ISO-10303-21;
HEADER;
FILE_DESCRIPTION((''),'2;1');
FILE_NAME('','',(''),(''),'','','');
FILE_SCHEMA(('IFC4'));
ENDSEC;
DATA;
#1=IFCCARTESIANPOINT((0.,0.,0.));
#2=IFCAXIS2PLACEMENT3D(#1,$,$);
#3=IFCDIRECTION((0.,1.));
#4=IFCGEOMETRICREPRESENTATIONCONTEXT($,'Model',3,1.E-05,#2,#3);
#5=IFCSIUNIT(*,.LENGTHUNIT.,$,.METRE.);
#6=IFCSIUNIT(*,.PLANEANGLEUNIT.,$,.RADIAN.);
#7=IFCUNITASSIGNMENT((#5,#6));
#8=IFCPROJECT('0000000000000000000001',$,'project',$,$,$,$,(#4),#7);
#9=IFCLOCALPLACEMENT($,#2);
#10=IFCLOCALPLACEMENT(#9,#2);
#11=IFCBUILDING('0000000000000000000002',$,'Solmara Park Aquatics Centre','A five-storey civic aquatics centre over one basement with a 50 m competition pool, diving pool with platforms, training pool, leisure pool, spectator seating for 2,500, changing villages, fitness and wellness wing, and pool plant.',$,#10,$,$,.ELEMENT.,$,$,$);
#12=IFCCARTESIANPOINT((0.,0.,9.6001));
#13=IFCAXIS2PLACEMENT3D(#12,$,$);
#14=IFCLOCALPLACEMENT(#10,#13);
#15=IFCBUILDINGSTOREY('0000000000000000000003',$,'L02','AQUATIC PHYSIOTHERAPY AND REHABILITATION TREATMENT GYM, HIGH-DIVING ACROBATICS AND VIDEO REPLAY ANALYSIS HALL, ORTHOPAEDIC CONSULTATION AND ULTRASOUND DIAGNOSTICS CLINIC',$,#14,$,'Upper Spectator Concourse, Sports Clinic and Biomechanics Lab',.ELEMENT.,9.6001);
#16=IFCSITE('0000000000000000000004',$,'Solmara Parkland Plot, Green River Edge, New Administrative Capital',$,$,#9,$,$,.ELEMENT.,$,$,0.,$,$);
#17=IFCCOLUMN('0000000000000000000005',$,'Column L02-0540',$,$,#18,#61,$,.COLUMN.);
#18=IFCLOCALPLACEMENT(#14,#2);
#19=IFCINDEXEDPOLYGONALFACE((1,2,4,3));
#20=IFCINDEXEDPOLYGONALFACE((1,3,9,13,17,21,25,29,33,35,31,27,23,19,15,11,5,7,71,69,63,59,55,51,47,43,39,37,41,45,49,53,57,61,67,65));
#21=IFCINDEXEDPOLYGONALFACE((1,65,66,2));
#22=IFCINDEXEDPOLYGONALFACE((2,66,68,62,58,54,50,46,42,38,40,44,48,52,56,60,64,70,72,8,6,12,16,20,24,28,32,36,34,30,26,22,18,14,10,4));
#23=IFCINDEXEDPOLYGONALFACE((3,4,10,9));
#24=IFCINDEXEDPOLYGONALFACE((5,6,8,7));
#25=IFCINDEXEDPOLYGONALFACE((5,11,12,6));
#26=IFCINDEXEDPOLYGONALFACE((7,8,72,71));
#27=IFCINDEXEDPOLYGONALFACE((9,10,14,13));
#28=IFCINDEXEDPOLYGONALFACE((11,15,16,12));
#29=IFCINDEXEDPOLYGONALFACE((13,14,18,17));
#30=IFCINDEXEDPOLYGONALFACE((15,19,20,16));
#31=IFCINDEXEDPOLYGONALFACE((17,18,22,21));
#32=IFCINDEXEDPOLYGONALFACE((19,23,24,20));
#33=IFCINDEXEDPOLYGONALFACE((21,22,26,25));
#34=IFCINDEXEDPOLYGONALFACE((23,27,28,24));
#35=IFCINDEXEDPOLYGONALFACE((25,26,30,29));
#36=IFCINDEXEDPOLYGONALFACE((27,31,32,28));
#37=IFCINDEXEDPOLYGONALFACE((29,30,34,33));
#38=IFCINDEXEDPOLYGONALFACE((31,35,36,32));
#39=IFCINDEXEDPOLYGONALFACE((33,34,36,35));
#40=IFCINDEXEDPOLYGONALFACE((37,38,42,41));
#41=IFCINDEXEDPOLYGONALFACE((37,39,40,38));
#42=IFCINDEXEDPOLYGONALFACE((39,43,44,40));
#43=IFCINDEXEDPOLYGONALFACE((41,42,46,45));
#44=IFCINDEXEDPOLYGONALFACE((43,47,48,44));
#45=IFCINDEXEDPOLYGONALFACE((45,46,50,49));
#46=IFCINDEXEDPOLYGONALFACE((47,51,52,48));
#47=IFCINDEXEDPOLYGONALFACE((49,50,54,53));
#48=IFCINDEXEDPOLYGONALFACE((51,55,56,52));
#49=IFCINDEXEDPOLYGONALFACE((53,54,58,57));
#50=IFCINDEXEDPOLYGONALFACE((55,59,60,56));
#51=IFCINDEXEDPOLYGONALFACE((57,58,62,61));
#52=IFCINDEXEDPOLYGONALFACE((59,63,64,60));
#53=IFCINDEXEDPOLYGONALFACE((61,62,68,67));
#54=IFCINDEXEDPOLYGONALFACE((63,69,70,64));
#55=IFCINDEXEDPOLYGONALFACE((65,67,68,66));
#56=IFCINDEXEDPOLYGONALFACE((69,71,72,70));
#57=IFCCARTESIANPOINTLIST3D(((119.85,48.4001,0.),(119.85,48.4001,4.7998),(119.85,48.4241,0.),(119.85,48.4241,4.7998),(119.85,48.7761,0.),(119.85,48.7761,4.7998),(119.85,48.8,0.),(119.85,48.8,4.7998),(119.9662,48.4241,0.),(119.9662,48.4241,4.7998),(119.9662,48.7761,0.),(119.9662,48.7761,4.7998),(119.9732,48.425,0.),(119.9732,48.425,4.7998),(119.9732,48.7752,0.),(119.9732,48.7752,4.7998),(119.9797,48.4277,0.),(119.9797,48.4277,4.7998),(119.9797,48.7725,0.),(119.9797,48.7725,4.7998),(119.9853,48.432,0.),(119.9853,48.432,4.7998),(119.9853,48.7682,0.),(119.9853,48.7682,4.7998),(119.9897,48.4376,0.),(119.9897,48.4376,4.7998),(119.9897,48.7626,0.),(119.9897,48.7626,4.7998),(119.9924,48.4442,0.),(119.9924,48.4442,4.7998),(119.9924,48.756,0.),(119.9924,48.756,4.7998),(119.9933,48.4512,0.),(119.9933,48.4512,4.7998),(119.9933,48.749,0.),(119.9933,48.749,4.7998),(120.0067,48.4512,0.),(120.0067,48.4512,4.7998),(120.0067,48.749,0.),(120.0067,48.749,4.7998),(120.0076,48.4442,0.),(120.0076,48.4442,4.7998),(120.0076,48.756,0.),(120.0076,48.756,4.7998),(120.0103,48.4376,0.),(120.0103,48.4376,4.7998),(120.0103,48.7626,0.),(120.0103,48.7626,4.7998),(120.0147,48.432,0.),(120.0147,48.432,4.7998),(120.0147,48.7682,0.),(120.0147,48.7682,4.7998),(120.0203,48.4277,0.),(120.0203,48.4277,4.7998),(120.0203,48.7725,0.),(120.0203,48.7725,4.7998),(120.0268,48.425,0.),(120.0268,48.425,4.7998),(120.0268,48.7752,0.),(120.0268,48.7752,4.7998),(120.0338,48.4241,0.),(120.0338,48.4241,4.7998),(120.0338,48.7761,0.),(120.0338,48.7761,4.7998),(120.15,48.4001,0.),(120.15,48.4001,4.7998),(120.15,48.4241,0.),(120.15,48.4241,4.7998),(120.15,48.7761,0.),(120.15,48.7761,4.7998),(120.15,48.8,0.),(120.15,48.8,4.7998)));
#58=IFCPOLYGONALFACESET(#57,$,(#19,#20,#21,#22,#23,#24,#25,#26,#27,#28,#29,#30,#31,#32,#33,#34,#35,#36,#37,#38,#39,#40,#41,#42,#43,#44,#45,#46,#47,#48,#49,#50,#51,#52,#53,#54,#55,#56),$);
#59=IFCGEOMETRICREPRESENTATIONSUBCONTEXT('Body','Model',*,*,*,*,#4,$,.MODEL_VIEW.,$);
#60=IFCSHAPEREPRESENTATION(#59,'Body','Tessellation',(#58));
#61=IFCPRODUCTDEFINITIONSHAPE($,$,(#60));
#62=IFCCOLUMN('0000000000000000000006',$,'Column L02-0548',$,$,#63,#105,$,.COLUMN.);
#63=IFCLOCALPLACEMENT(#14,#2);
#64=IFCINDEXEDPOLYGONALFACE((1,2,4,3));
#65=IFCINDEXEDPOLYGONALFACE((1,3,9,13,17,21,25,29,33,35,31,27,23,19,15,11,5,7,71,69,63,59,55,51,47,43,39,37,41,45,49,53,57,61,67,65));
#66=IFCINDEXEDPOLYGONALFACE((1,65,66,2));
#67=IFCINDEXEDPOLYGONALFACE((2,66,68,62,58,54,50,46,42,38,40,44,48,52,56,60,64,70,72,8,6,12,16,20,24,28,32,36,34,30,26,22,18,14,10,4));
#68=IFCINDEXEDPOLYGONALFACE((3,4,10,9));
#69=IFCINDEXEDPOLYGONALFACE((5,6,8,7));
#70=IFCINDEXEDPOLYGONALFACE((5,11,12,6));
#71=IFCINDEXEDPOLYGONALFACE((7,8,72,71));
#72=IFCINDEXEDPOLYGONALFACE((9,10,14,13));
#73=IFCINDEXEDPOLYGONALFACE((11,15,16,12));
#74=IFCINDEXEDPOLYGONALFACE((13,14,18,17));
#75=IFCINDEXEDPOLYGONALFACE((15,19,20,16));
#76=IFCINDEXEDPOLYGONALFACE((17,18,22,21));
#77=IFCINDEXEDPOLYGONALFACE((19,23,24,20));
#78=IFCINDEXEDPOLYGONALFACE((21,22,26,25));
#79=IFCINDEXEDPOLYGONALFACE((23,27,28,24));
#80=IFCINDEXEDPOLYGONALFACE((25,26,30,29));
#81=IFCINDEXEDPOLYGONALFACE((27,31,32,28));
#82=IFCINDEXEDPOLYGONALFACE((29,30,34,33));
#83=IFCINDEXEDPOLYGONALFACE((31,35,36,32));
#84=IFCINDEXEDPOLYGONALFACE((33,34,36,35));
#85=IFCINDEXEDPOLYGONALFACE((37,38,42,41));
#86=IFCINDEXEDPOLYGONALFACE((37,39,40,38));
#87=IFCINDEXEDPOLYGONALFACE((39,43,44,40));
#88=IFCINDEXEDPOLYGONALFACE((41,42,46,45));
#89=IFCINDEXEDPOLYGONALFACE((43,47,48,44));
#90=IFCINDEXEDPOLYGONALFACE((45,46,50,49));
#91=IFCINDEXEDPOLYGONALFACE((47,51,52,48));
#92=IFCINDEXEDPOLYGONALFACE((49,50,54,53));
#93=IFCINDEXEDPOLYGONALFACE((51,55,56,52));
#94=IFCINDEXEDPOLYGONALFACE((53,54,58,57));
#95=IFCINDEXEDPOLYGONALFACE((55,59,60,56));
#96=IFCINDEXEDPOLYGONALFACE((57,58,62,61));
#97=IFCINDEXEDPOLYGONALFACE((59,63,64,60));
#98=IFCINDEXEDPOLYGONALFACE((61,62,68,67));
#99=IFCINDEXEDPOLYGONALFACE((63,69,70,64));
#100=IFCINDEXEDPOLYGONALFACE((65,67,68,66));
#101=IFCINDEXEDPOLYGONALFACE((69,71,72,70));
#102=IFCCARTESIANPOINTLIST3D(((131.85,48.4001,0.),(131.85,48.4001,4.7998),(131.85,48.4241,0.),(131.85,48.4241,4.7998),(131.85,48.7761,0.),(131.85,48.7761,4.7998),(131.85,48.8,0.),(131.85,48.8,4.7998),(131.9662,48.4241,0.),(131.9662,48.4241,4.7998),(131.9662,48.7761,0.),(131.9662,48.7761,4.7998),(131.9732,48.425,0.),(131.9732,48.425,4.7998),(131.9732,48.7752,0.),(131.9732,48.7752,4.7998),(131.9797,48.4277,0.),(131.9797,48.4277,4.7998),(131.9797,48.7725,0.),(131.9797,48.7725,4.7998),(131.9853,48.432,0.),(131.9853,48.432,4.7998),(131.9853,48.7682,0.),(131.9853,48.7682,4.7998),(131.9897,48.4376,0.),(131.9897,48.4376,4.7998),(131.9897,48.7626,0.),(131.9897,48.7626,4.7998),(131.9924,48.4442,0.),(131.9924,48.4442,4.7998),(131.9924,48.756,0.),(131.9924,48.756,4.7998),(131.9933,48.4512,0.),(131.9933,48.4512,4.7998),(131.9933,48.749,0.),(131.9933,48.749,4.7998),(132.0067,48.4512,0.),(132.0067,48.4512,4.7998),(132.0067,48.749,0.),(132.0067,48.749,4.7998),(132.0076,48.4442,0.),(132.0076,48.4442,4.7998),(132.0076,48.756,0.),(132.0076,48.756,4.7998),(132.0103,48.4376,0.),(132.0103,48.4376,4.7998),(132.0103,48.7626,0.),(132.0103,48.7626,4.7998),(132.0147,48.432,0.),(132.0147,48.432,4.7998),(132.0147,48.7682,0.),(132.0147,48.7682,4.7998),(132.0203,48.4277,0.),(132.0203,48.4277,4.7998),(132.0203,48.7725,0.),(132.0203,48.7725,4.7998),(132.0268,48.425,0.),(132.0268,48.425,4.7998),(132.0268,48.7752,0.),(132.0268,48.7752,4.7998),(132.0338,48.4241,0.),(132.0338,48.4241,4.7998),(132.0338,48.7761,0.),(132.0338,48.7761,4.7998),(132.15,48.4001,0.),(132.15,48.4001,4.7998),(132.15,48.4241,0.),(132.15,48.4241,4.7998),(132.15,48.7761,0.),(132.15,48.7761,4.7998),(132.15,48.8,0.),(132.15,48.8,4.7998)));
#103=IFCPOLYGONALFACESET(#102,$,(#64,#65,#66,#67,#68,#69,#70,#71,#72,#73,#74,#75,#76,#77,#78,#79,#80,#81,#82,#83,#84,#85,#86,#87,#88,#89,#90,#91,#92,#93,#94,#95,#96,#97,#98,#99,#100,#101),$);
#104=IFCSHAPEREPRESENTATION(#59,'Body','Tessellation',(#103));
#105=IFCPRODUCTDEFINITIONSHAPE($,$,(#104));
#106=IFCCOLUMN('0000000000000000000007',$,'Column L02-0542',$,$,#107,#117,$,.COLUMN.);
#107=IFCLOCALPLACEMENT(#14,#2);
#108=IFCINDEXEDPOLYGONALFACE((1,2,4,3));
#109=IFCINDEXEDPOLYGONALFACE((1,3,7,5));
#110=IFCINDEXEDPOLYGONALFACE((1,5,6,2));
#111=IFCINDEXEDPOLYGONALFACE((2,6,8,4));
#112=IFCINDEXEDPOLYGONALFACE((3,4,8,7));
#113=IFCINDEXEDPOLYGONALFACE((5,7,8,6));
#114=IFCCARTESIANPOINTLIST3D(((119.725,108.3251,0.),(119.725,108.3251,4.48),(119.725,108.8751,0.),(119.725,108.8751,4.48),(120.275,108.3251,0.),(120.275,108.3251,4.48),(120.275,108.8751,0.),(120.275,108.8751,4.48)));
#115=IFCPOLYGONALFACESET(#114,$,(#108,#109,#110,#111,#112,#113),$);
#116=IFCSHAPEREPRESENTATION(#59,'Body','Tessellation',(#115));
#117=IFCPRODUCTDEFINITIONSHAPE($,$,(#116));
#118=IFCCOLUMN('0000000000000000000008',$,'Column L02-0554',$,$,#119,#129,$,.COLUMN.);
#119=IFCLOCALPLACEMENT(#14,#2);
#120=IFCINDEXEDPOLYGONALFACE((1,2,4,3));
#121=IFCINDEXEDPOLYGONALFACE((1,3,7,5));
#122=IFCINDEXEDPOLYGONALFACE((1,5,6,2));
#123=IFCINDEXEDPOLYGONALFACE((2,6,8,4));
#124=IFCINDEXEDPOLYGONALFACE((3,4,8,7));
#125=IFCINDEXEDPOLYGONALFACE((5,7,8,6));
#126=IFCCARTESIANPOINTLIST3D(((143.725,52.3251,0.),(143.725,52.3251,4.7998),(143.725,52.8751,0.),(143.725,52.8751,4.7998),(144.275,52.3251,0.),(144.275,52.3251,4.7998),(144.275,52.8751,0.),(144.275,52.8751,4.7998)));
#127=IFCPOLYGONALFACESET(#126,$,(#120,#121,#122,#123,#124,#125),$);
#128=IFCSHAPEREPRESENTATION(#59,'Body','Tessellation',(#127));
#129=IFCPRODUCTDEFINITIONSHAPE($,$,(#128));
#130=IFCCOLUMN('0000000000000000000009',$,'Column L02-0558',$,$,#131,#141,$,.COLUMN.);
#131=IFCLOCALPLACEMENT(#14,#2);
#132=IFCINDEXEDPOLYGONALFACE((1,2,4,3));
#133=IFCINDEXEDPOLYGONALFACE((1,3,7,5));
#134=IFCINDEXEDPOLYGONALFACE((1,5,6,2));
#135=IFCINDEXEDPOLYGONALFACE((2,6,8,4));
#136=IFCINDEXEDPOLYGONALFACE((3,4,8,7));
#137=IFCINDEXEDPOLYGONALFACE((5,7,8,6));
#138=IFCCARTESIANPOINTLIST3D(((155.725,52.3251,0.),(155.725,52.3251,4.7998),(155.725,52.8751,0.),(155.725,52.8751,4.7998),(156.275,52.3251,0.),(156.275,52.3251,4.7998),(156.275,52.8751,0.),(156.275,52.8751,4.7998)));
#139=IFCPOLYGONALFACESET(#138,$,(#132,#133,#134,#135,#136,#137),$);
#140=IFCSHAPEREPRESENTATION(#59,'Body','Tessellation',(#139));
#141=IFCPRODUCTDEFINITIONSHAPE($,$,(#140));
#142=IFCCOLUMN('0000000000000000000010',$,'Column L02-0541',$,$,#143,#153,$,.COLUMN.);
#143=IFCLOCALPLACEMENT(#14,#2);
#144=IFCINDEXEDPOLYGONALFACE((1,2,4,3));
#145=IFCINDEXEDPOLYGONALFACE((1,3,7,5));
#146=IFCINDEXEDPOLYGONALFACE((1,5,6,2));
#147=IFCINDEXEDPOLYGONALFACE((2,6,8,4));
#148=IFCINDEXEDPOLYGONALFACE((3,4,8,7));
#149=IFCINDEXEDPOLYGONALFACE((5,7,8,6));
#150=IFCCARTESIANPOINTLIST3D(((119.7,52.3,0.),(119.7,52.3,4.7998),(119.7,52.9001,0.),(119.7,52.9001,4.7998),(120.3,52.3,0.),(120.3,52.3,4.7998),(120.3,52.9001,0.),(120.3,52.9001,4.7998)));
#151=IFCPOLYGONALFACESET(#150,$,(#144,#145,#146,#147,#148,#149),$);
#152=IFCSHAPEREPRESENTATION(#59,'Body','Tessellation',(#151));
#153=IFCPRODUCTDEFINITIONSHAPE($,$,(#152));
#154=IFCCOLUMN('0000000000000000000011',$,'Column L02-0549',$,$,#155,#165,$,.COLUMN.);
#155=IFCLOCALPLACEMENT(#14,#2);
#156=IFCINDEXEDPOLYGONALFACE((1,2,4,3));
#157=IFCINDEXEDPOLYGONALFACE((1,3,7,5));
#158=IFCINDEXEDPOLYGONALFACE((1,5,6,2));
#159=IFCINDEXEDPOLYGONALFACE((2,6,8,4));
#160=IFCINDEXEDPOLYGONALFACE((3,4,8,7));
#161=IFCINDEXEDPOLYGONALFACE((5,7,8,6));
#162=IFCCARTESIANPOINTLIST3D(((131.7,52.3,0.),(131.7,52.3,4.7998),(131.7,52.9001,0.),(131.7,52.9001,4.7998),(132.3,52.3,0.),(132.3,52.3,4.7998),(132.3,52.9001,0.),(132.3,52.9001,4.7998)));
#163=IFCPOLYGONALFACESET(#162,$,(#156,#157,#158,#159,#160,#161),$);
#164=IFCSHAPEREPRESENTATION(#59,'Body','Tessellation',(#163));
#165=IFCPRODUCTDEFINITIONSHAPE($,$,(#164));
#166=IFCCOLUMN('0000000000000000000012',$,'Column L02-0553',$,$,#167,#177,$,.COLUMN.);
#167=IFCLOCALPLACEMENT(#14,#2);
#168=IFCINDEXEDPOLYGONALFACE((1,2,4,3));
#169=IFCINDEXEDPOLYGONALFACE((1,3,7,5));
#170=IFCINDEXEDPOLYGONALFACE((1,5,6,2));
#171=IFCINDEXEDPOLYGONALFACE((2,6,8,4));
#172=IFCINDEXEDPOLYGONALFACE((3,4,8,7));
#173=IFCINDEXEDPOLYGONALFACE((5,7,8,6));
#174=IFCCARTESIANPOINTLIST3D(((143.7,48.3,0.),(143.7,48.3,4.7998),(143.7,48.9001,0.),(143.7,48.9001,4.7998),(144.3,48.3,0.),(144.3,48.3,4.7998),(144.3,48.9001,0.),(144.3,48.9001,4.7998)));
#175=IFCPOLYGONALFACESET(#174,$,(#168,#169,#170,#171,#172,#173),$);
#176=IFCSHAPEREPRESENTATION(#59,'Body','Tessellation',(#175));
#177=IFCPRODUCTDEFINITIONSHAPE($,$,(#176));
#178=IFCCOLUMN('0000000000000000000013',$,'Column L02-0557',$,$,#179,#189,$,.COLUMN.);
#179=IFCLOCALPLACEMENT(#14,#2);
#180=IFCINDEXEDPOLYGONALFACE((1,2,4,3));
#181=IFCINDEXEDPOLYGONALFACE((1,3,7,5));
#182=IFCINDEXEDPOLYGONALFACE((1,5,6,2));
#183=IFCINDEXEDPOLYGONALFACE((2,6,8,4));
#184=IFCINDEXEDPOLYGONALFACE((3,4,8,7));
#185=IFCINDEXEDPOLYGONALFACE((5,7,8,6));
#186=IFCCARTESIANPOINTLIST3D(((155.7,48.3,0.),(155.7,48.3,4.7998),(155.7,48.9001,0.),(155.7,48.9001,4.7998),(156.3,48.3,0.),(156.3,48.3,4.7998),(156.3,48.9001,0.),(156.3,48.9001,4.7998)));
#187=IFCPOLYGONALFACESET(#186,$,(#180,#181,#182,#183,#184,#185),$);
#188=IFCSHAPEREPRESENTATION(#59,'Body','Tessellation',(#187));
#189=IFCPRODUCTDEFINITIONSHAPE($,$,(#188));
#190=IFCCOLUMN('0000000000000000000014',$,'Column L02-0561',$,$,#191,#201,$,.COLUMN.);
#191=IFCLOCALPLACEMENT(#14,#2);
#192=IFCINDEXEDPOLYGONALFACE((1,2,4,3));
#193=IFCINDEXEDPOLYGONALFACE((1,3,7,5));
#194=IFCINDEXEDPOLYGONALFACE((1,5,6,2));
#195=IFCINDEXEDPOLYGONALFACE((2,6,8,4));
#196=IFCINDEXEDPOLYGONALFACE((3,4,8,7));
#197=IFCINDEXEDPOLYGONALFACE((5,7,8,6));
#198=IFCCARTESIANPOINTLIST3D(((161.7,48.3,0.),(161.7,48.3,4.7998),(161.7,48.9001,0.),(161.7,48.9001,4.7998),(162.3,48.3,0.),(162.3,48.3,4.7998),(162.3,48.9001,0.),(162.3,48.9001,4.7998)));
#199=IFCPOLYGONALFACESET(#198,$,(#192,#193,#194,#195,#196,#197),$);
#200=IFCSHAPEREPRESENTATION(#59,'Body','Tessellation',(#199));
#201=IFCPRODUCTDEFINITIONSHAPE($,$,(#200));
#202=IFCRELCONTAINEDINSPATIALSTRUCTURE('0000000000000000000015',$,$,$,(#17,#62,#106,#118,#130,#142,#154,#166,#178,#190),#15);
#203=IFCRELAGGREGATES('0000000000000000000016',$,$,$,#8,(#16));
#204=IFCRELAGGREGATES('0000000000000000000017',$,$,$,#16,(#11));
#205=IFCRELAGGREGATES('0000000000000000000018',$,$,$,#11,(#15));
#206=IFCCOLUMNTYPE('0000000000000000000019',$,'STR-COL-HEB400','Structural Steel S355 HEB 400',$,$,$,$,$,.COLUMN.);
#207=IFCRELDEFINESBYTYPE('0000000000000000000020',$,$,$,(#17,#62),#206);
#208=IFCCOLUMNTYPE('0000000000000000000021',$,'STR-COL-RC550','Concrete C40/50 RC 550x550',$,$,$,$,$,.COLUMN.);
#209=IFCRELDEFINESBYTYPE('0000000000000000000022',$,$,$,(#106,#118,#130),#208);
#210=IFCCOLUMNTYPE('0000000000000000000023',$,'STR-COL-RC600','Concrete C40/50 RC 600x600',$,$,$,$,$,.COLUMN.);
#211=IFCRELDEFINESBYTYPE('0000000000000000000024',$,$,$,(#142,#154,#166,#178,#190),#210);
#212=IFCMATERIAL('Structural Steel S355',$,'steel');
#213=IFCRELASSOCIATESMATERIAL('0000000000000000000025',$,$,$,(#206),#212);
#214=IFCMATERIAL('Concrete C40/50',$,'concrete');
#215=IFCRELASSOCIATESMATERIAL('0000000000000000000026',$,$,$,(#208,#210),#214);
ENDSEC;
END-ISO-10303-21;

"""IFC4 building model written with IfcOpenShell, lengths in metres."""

from ifc_helpers import new_model, si_unit, direction, frame, origin, origin_2d, place, context, subcontext, project, spatial, rectangle, i_section, extrude, material, material_profile, profile_set, type_object, element, save


model = new_model("IFC4")

# Units and contexts
model_context = context("Model", 3, precision=1e-05, world=origin(), true_north=direction((0.0, 1.0)))
body_context = subcontext(model_context, "Body", "Model", "MODEL_VIEW")
ifc_project = project(units=[si_unit("LENGTHUNIT", "METRE"), si_unit("PLANEANGLEUNIT", "RADIAN")], contexts=[model_context])

# Site, building, storey
site_placement = place(None, origin())
site = spatial("IfcSite", under=ifc_project, at=site_placement, Name="Solmara Parkland Plot, Green River Edge, New Administrative Capital", CompositionType="ELEMENT", RefElevation=0.0)
building_placement = place(site_placement, origin())
building = spatial("IfcBuilding", under=site, at=building_placement, Name="Solmara Park Aquatics Centre", Description="A five-storey civic aquatics centre over one basement with a 50 m competition pool, diving pool with platforms, training pool, leisure pool, spectator seating for 2,500, changing villages, fitness and wellness wing, and pool plant.", CompositionType="ELEMENT")
storey_placement = place(building_placement, frame((0.0, 0.0, 9.6001)))
storey = spatial("IfcBuildingStorey", under=building, at=storey_placement, Name="L02", Description="AQUATIC PHYSIOTHERAPY AND REHABILITATION TREATMENT GYM, HIGH-DIVING ACROBATICS AND VIDEO REPLAY ANALYSIS HALL, ORTHOPAEDIC CONSULTATION AND ULTRASOUND DIAGNOSTICS CLINIC", LongName="Upper Spectator Concourse, Sports Clinic and Biomechanics Lab", CompositionType="ELEMENT", Elevation=9.6001)

# Columns
ifc_material_1 = material(Name="Structural Steel S355", Category="steel")
ifc_material_profile_1 = material_profile(ifc_material_1, i_section(OverallWidth=0.3, OverallDepth=0.3999, WebThickness=0.0134, FlangeThickness=0.0239, FilletRadius=0.0271, at=origin_2d()), Name="HEB 400")
ifc_profile_set_1 = profile_set([ifc_material_profile_1], Name="Structural Steel S355")
column_type_1 = type_object("IfcColumnType", Name="STR-COL-HEB400", Description="Structural Steel S355 HEB 400", PredefinedType="COLUMN", material=ifc_profile_set_1)
for number, where, z_axis, x_axis, name in (
    (1, (120.0, 48.6001, 0.0), (0.0, 0.0, 1.0), (1.0, 0.0, 0.0), "Column L02-0540"),
    (2, (132.0, 48.6001, 0.0), (0.0, 0.0, 1.0), (1.0, 0.0, 0.0), "Column L02-0548"),
):
    element("IfcColumn", number, at=place(storey_placement, frame(where, z_axis=z_axis, x_axis=x_axis)), inside=storey, type_object=column_type_1, Name=name, PredefinedType="COLUMN", context=body_context, shape_type="SweptSolid", body=[
        extrude(i_section(OverallWidth=0.3, OverallDepth=0.3999, WebThickness=0.0134, FlangeThickness=0.0239, FilletRadius=0.0271, at=origin_2d()), origin(), (0.0, 0.0, 1.0), 4.7998),
    ])
ifc_material_2 = material(Name="Concrete C40/50", Category="concrete")
ifc_material_profile_2 = material_profile(ifc_material_2, rectangle(XDim=0.55, YDim=0.55, at=origin_2d()), Name="RC 550x550")
ifc_profile_set_2 = profile_set([ifc_material_profile_2], Name="Concrete C40/50")
column_type_2 = type_object("IfcColumnType", Name="STR-COL-RC550", Description="Concrete C40/50 RC 550x550", PredefinedType="COLUMN", material=ifc_profile_set_2)
column_placement = place(storey_placement, frame((120.0, 108.6001, 0.0), z_axis=(0.0, 0.0, 1.0), x_axis=(1.0, 0.0, 0.0)))
element("IfcColumn", 3, at=column_placement, inside=storey, type_object=column_type_2, Name="Column L02-0542", PredefinedType="COLUMN", context=body_context, shape_type="SweptSolid", body=[
    extrude(rectangle(XDim=0.55, YDim=0.55, at=origin_2d()), origin(), (0.0, 0.0, 1.0), 4.48),
])
for number, where, z_axis, x_axis, name in (
    (4, (144.0, 52.6001, 0.0), (0.0, 0.0, 1.0), (1.0, 0.0, 0.0), "Column L02-0554"),
    (5, (156.0, 52.6001, 0.0), (0.0, 0.0, 1.0), (1.0, 0.0, 0.0), "Column L02-0558"),
):
    element("IfcColumn", number, at=place(storey_placement, frame(where, z_axis=z_axis, x_axis=x_axis)), inside=storey, type_object=column_type_2, Name=name, PredefinedType="COLUMN", context=body_context, shape_type="SweptSolid", body=[
        extrude(rectangle(XDim=0.55, YDim=0.55, at=origin_2d()), origin(), (0.0, 0.0, 1.0), 4.7998),
    ])
ifc_material_profile_3 = material_profile(ifc_material_2, rectangle(XDim=0.6001, YDim=0.6001, at=origin_2d()), Name="RC 600x600")
ifc_profile_set_3 = profile_set([ifc_material_profile_3], Name="Concrete C40/50")
column_type_3 = type_object("IfcColumnType", Name="STR-COL-RC600", Description="Concrete C40/50 RC 600x600", PredefinedType="COLUMN", material=ifc_profile_set_3)
for number, where, z_axis, x_axis, name in (
    (6, (120.0, 52.6001, 0.0), (0.0, 0.0, 1.0), (1.0, 0.0, 0.0), "Column L02-0541"),
    (7, (132.0, 52.6001, 0.0), (0.0, 0.0, 1.0), (1.0, 0.0, 0.0), "Column L02-0549"),
    (8, (144.0, 48.6001, 0.0), (0.0, 0.0, 1.0), (1.0, 0.0, 0.0), "Column L02-0553"),
    (9, (156.0, 48.6001, 0.0), (0.0, 0.0, 1.0), (1.0, 0.0, 0.0), "Column L02-0557"),
    (10, (162.0, 48.6001, 0.0), (0.0, 0.0, 1.0), (1.0, 0.0, 0.0), "Column L02-0561"),
):
    element("IfcColumn", number, at=place(storey_placement, frame(where, z_axis=z_axis, x_axis=x_axis)), inside=storey, type_object=column_type_3, Name=name, PredefinedType="COLUMN", context=body_context, shape_type="SweptSolid", body=[
        extrude(rectangle(XDim=0.6001, YDim=0.6001, at=origin_2d()), origin(), (0.0, 0.0, 1.0), 4.7998),
    ])

save(model, "model.ifc")
